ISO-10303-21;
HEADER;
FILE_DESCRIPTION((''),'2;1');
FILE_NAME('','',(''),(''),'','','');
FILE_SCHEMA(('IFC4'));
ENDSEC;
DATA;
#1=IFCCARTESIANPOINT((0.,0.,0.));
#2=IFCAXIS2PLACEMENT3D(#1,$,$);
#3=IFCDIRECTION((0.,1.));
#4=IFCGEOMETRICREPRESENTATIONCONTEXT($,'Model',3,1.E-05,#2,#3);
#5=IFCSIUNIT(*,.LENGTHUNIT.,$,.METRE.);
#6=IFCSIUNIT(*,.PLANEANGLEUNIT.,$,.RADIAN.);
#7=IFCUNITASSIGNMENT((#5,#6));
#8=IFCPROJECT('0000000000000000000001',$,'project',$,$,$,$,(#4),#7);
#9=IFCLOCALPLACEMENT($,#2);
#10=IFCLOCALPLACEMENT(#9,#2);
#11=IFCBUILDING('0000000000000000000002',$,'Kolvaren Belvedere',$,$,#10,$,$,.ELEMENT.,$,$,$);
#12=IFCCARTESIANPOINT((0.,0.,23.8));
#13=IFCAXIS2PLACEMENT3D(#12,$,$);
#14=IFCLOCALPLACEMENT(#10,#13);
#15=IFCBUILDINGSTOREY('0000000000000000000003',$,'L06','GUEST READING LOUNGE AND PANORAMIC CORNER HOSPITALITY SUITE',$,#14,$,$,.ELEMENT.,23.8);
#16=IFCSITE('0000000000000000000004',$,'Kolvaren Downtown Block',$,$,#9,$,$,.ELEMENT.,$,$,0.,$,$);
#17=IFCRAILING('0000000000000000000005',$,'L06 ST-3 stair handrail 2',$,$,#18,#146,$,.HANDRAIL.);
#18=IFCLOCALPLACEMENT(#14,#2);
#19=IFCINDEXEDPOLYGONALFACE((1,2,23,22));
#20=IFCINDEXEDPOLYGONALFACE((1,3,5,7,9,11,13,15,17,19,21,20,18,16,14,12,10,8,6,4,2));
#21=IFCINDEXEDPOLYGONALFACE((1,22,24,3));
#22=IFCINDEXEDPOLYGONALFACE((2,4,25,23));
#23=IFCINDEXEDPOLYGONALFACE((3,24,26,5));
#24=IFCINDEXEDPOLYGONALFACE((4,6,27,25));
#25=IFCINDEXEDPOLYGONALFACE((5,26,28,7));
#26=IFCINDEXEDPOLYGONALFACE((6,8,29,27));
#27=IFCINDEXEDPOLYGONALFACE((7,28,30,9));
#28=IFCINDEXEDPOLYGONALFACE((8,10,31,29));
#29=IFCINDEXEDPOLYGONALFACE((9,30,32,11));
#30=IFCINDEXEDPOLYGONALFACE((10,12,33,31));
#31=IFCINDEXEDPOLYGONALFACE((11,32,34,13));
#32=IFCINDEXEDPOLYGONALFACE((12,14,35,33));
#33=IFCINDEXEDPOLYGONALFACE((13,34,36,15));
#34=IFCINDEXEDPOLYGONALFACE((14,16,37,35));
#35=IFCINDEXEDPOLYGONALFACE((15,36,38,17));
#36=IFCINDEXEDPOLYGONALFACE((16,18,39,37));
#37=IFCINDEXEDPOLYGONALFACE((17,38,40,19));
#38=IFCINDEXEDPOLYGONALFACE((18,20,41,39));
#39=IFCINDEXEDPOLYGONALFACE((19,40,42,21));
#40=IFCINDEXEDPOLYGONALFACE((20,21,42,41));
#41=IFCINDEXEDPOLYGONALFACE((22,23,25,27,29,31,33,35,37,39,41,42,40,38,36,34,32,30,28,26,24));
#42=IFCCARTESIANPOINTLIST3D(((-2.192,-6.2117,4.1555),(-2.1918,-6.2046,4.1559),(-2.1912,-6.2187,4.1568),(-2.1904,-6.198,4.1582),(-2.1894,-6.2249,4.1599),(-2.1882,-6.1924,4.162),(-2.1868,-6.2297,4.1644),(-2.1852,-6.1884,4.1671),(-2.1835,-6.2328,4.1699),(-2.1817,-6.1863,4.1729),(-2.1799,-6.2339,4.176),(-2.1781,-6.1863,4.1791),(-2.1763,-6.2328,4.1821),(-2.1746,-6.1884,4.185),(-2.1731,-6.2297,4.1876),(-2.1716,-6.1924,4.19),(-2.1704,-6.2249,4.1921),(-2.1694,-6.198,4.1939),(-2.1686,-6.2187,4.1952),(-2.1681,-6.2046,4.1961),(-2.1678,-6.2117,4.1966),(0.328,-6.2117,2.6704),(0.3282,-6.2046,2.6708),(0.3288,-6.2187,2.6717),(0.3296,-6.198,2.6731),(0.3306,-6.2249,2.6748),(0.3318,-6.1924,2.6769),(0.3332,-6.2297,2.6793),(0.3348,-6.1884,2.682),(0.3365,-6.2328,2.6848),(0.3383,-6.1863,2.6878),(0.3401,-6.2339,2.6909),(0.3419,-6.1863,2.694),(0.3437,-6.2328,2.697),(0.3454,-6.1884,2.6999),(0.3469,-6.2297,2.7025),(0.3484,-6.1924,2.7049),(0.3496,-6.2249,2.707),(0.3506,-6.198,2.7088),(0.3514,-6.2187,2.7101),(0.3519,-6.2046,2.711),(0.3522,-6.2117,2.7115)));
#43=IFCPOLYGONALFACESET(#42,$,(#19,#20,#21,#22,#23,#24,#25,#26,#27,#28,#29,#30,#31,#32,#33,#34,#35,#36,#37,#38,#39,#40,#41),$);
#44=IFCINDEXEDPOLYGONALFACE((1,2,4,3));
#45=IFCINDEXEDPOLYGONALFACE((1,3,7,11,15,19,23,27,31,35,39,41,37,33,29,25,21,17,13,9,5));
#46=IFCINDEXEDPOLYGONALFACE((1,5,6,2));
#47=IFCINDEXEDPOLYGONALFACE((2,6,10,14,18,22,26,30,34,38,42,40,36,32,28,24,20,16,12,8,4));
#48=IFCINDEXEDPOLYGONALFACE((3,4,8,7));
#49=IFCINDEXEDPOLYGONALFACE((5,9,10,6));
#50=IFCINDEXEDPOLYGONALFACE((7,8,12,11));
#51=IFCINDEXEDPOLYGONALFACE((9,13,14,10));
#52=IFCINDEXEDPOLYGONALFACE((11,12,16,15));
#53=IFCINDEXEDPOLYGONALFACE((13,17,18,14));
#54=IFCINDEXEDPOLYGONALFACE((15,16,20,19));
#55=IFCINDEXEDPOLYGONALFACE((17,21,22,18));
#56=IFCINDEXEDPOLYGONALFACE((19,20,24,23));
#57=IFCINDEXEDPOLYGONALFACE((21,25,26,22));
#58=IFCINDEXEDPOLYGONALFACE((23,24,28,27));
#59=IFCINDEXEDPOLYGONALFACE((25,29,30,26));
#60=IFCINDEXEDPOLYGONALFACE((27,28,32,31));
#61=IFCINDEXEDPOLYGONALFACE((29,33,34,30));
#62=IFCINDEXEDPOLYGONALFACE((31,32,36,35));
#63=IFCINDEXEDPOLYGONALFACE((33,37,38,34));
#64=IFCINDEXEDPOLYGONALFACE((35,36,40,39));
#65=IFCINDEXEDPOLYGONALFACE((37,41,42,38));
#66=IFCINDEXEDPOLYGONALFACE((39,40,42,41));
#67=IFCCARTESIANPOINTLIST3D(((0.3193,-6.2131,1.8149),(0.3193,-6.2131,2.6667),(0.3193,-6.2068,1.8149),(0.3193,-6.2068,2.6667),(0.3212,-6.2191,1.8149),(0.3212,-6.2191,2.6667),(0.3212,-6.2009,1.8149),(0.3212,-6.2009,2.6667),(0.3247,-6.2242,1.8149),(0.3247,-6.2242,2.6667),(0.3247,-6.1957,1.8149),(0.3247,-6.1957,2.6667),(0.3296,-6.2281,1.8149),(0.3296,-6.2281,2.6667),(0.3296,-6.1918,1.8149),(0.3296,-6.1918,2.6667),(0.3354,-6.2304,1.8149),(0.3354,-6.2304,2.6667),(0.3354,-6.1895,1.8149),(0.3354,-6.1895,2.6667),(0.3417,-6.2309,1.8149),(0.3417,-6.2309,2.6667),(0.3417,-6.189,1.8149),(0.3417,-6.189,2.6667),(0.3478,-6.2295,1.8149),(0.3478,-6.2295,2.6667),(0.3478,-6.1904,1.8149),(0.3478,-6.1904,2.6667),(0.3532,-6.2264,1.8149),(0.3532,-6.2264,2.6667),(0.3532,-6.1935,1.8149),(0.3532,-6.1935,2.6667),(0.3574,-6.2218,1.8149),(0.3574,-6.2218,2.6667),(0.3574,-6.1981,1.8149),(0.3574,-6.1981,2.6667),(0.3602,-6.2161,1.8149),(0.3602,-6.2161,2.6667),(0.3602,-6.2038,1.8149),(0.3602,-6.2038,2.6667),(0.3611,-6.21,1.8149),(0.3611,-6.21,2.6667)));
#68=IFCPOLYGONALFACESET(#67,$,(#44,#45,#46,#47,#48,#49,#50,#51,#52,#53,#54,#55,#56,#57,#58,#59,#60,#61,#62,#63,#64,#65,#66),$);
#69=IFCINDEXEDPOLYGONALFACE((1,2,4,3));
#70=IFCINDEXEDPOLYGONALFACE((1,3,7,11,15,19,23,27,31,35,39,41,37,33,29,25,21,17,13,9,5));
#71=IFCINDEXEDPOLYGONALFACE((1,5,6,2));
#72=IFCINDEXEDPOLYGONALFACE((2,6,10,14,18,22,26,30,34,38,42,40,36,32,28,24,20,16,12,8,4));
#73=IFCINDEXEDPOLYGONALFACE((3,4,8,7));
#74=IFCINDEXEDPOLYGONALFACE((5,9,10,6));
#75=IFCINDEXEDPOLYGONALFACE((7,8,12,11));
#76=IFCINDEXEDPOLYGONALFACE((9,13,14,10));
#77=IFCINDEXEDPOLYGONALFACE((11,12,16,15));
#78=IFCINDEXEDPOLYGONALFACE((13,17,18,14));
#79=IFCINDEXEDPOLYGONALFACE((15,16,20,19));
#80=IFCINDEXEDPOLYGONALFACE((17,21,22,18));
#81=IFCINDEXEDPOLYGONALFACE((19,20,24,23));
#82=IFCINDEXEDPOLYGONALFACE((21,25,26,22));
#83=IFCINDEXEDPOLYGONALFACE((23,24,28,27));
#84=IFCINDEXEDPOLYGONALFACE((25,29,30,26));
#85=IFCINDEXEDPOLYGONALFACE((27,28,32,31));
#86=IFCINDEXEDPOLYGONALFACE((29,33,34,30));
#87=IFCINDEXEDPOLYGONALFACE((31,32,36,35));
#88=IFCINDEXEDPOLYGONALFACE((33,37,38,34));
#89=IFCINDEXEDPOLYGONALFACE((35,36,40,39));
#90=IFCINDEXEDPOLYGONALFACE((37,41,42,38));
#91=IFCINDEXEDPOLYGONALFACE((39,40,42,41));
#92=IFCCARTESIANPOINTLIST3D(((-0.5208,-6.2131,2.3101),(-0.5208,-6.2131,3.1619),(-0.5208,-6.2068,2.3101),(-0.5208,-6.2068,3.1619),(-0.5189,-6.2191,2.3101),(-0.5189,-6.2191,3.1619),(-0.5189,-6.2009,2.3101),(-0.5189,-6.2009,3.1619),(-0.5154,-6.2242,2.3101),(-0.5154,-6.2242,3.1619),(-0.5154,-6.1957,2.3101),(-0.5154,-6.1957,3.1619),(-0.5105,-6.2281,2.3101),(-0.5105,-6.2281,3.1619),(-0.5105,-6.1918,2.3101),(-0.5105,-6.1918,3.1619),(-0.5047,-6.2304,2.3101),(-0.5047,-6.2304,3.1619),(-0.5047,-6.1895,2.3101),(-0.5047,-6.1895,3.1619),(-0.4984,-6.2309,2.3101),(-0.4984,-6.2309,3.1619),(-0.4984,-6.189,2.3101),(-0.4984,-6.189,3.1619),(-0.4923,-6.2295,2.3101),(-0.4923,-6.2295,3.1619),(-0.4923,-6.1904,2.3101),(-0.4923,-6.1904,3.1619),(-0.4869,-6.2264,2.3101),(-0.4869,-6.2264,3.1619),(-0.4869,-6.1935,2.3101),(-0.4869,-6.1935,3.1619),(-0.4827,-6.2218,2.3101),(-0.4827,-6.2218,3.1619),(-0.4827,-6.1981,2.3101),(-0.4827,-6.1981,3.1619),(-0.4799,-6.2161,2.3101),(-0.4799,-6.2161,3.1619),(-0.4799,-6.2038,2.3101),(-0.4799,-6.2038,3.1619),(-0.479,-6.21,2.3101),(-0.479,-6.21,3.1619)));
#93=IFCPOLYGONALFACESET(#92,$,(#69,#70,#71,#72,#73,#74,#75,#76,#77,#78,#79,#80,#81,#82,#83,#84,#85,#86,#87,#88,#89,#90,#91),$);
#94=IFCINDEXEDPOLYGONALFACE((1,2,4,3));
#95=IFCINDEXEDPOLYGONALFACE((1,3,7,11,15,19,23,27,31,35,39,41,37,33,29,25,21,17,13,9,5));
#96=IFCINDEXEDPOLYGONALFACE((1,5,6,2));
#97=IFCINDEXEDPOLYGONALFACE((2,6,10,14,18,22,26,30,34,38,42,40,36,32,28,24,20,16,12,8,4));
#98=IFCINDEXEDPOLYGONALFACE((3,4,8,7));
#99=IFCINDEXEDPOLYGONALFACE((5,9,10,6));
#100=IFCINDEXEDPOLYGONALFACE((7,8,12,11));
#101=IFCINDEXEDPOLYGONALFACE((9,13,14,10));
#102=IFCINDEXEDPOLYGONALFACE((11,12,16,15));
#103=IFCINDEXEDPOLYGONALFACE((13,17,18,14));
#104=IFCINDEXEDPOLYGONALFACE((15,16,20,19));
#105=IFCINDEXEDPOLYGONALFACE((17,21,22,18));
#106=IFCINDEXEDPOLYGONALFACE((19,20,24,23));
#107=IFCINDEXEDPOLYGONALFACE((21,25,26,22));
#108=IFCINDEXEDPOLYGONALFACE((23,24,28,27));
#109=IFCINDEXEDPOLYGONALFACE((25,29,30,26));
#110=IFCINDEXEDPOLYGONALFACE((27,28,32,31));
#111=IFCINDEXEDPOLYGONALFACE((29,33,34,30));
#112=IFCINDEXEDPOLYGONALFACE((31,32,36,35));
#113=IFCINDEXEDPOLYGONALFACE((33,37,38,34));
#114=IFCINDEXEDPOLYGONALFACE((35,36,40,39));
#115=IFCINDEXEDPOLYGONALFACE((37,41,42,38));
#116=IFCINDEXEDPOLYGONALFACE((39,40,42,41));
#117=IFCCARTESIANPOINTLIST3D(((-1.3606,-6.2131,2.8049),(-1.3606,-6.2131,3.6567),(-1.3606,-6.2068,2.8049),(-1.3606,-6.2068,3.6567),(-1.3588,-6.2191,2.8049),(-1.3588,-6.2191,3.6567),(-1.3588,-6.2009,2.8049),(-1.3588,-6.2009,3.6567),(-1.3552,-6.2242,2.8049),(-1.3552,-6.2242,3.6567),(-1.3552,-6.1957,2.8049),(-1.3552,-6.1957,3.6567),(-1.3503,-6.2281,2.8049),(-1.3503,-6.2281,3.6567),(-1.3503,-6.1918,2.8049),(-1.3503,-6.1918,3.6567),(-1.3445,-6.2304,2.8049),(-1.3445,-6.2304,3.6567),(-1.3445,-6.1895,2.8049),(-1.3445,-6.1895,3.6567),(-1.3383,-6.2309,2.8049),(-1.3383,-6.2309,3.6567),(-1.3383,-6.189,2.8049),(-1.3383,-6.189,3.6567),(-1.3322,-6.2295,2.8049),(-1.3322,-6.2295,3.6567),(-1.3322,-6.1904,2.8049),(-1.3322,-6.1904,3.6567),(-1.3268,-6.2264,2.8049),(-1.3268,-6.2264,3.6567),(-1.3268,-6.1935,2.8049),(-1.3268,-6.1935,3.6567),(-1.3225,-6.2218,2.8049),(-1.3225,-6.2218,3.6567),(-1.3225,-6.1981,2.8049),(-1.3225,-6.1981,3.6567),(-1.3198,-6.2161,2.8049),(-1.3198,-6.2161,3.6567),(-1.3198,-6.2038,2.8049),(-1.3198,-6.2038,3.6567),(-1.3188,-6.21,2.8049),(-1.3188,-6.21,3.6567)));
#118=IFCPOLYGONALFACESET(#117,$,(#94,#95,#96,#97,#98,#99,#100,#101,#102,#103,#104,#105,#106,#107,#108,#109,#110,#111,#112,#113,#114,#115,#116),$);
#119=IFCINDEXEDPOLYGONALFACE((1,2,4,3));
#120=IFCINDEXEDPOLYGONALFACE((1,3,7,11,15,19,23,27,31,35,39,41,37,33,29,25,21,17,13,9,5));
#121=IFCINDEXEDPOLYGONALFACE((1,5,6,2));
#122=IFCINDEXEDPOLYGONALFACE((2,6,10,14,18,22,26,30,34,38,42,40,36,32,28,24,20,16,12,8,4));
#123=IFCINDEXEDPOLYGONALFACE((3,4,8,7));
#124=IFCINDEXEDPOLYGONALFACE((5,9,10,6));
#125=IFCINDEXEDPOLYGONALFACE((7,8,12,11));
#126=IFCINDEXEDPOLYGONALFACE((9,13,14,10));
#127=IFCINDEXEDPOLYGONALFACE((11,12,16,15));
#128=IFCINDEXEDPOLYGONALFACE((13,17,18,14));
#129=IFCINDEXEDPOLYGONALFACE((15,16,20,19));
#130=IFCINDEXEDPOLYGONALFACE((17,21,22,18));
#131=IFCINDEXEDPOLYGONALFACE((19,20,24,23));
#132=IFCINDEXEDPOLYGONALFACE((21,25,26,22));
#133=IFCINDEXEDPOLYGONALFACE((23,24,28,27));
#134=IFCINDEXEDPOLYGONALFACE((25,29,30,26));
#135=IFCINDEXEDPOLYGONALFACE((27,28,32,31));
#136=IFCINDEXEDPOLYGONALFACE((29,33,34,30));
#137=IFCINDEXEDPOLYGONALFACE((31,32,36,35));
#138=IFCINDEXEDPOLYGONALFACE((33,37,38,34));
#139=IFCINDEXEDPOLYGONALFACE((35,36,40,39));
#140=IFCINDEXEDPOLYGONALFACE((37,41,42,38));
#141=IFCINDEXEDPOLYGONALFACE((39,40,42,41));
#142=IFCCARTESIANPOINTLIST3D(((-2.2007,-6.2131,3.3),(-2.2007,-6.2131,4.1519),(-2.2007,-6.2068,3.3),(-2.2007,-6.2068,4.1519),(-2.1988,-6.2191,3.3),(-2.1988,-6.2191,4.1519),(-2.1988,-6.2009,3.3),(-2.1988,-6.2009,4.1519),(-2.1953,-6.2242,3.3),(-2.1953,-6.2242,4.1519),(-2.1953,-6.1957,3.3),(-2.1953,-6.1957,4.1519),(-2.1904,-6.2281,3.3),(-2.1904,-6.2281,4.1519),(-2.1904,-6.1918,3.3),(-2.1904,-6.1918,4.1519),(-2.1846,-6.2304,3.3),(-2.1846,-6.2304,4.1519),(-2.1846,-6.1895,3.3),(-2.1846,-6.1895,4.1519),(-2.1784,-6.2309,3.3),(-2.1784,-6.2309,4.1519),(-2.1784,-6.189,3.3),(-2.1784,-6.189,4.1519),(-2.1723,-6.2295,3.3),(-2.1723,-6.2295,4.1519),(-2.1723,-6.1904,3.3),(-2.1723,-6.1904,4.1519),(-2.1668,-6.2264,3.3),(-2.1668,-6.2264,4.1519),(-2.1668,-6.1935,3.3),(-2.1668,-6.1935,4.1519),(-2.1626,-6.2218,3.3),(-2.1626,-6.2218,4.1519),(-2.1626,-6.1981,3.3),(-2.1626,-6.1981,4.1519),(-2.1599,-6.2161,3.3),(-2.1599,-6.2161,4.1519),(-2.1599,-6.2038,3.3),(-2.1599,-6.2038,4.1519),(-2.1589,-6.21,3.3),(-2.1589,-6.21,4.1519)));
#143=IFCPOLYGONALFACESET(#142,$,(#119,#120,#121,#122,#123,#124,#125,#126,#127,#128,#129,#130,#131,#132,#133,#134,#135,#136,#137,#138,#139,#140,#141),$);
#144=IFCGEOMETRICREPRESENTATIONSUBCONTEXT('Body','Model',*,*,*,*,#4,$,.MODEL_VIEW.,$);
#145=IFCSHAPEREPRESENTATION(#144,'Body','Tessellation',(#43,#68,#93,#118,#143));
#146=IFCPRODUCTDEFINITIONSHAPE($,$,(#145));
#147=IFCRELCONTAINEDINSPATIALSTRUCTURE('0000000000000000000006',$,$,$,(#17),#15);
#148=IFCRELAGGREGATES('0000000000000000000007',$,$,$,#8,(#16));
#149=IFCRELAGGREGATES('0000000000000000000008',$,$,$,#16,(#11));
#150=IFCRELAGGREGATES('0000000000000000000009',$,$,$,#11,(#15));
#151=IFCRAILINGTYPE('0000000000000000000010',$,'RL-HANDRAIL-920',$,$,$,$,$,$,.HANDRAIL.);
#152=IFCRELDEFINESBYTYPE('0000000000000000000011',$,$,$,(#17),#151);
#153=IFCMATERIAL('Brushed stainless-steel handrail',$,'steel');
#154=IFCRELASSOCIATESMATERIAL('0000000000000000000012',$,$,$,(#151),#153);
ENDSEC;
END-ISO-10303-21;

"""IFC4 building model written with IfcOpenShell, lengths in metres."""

from ifc_helpers import new_model, si_unit, direction, frame, origin, origin_2d, place, context, subcontext, project, spatial, circle, extrude, material, type_object, element, save


model = new_model("IFC4")

# Units and contexts
model_context = context("Model", 3, precision=1e-05, world=origin(), true_north=direction((0.0, 1.0)))
body_context = subcontext(model_context, "Body", "Model", "MODEL_VIEW")
ifc_project = project(units=[si_unit("LENGTHUNIT", "METRE"), si_unit("PLANEANGLEUNIT", "RADIAN")], contexts=[model_context])

# Site, building, storey
site_placement = place(None, origin())
site = spatial("IfcSite", under=ifc_project, at=site_placement, Name="Kolvaren Downtown Block", CompositionType="ELEMENT", RefElevation=0.0)
building_placement = place(site_placement, origin())
building = spatial("IfcBuilding", under=site, at=building_placement, Name="Kolvaren Belvedere", CompositionType="ELEMENT")
storey_placement = place(building_placement, frame((0.0, 0.0, 23.8)))
storey = spatial("IfcBuildingStorey", under=building, at=storey_placement, Name="L06", Description="GUEST READING LOUNGE AND PANORAMIC CORNER HOSPITALITY SUITE", CompositionType="ELEMENT", Elevation=23.8)

# Railing
ifc_material_1 = material(Name="Brushed stainless-steel handrail", Category="steel")
railing_type_1 = type_object("IfcRailingType", Name="RL-HANDRAIL-920", PredefinedType="HANDRAIL", material=ifc_material_1)
railing_1_placement = place(storey_placement, frame((0.3401, -6.21, 1.8149)))
element("IfcRailing", 1, at=railing_1_placement, inside=storey, type_object=railing_type_1, Name="L06 ST-3 stair handrail 2", PredefinedType="HANDRAIL", context=body_context, shape_type="SweptSolid", body=[
    extrude(circle(Radius=0.0239, at=origin_2d()), frame((0.0, 0.0, 0.876), z_axis=(-0.861524, 0.0, 0.507717), x_axis=(0.0, -1.0, 0.0)), (0.0, 0.0, 1.0), 2.925),
    extrude(circle(Radius=0.021, at=origin_2d()), origin(), (0.0, 0.0, 1.0), 0.8518),
    extrude(circle(Radius=0.021, at=origin_2d()), frame((-0.8401, 0.0, 0.4951)), (0.0, 0.0, 1.0), 0.8518),
    extrude(circle(Radius=0.021, at=origin_2d()), frame((-1.6799, 0.0, 0.99)), (0.0, 0.0, 1.0), 0.8518),
    extrude(circle(Radius=0.021, at=origin_2d()), frame((-2.52, 0.0, 1.4851)), (0.0, 0.0, 1.0), 0.8518),
])

save(model, "model.ifc")
